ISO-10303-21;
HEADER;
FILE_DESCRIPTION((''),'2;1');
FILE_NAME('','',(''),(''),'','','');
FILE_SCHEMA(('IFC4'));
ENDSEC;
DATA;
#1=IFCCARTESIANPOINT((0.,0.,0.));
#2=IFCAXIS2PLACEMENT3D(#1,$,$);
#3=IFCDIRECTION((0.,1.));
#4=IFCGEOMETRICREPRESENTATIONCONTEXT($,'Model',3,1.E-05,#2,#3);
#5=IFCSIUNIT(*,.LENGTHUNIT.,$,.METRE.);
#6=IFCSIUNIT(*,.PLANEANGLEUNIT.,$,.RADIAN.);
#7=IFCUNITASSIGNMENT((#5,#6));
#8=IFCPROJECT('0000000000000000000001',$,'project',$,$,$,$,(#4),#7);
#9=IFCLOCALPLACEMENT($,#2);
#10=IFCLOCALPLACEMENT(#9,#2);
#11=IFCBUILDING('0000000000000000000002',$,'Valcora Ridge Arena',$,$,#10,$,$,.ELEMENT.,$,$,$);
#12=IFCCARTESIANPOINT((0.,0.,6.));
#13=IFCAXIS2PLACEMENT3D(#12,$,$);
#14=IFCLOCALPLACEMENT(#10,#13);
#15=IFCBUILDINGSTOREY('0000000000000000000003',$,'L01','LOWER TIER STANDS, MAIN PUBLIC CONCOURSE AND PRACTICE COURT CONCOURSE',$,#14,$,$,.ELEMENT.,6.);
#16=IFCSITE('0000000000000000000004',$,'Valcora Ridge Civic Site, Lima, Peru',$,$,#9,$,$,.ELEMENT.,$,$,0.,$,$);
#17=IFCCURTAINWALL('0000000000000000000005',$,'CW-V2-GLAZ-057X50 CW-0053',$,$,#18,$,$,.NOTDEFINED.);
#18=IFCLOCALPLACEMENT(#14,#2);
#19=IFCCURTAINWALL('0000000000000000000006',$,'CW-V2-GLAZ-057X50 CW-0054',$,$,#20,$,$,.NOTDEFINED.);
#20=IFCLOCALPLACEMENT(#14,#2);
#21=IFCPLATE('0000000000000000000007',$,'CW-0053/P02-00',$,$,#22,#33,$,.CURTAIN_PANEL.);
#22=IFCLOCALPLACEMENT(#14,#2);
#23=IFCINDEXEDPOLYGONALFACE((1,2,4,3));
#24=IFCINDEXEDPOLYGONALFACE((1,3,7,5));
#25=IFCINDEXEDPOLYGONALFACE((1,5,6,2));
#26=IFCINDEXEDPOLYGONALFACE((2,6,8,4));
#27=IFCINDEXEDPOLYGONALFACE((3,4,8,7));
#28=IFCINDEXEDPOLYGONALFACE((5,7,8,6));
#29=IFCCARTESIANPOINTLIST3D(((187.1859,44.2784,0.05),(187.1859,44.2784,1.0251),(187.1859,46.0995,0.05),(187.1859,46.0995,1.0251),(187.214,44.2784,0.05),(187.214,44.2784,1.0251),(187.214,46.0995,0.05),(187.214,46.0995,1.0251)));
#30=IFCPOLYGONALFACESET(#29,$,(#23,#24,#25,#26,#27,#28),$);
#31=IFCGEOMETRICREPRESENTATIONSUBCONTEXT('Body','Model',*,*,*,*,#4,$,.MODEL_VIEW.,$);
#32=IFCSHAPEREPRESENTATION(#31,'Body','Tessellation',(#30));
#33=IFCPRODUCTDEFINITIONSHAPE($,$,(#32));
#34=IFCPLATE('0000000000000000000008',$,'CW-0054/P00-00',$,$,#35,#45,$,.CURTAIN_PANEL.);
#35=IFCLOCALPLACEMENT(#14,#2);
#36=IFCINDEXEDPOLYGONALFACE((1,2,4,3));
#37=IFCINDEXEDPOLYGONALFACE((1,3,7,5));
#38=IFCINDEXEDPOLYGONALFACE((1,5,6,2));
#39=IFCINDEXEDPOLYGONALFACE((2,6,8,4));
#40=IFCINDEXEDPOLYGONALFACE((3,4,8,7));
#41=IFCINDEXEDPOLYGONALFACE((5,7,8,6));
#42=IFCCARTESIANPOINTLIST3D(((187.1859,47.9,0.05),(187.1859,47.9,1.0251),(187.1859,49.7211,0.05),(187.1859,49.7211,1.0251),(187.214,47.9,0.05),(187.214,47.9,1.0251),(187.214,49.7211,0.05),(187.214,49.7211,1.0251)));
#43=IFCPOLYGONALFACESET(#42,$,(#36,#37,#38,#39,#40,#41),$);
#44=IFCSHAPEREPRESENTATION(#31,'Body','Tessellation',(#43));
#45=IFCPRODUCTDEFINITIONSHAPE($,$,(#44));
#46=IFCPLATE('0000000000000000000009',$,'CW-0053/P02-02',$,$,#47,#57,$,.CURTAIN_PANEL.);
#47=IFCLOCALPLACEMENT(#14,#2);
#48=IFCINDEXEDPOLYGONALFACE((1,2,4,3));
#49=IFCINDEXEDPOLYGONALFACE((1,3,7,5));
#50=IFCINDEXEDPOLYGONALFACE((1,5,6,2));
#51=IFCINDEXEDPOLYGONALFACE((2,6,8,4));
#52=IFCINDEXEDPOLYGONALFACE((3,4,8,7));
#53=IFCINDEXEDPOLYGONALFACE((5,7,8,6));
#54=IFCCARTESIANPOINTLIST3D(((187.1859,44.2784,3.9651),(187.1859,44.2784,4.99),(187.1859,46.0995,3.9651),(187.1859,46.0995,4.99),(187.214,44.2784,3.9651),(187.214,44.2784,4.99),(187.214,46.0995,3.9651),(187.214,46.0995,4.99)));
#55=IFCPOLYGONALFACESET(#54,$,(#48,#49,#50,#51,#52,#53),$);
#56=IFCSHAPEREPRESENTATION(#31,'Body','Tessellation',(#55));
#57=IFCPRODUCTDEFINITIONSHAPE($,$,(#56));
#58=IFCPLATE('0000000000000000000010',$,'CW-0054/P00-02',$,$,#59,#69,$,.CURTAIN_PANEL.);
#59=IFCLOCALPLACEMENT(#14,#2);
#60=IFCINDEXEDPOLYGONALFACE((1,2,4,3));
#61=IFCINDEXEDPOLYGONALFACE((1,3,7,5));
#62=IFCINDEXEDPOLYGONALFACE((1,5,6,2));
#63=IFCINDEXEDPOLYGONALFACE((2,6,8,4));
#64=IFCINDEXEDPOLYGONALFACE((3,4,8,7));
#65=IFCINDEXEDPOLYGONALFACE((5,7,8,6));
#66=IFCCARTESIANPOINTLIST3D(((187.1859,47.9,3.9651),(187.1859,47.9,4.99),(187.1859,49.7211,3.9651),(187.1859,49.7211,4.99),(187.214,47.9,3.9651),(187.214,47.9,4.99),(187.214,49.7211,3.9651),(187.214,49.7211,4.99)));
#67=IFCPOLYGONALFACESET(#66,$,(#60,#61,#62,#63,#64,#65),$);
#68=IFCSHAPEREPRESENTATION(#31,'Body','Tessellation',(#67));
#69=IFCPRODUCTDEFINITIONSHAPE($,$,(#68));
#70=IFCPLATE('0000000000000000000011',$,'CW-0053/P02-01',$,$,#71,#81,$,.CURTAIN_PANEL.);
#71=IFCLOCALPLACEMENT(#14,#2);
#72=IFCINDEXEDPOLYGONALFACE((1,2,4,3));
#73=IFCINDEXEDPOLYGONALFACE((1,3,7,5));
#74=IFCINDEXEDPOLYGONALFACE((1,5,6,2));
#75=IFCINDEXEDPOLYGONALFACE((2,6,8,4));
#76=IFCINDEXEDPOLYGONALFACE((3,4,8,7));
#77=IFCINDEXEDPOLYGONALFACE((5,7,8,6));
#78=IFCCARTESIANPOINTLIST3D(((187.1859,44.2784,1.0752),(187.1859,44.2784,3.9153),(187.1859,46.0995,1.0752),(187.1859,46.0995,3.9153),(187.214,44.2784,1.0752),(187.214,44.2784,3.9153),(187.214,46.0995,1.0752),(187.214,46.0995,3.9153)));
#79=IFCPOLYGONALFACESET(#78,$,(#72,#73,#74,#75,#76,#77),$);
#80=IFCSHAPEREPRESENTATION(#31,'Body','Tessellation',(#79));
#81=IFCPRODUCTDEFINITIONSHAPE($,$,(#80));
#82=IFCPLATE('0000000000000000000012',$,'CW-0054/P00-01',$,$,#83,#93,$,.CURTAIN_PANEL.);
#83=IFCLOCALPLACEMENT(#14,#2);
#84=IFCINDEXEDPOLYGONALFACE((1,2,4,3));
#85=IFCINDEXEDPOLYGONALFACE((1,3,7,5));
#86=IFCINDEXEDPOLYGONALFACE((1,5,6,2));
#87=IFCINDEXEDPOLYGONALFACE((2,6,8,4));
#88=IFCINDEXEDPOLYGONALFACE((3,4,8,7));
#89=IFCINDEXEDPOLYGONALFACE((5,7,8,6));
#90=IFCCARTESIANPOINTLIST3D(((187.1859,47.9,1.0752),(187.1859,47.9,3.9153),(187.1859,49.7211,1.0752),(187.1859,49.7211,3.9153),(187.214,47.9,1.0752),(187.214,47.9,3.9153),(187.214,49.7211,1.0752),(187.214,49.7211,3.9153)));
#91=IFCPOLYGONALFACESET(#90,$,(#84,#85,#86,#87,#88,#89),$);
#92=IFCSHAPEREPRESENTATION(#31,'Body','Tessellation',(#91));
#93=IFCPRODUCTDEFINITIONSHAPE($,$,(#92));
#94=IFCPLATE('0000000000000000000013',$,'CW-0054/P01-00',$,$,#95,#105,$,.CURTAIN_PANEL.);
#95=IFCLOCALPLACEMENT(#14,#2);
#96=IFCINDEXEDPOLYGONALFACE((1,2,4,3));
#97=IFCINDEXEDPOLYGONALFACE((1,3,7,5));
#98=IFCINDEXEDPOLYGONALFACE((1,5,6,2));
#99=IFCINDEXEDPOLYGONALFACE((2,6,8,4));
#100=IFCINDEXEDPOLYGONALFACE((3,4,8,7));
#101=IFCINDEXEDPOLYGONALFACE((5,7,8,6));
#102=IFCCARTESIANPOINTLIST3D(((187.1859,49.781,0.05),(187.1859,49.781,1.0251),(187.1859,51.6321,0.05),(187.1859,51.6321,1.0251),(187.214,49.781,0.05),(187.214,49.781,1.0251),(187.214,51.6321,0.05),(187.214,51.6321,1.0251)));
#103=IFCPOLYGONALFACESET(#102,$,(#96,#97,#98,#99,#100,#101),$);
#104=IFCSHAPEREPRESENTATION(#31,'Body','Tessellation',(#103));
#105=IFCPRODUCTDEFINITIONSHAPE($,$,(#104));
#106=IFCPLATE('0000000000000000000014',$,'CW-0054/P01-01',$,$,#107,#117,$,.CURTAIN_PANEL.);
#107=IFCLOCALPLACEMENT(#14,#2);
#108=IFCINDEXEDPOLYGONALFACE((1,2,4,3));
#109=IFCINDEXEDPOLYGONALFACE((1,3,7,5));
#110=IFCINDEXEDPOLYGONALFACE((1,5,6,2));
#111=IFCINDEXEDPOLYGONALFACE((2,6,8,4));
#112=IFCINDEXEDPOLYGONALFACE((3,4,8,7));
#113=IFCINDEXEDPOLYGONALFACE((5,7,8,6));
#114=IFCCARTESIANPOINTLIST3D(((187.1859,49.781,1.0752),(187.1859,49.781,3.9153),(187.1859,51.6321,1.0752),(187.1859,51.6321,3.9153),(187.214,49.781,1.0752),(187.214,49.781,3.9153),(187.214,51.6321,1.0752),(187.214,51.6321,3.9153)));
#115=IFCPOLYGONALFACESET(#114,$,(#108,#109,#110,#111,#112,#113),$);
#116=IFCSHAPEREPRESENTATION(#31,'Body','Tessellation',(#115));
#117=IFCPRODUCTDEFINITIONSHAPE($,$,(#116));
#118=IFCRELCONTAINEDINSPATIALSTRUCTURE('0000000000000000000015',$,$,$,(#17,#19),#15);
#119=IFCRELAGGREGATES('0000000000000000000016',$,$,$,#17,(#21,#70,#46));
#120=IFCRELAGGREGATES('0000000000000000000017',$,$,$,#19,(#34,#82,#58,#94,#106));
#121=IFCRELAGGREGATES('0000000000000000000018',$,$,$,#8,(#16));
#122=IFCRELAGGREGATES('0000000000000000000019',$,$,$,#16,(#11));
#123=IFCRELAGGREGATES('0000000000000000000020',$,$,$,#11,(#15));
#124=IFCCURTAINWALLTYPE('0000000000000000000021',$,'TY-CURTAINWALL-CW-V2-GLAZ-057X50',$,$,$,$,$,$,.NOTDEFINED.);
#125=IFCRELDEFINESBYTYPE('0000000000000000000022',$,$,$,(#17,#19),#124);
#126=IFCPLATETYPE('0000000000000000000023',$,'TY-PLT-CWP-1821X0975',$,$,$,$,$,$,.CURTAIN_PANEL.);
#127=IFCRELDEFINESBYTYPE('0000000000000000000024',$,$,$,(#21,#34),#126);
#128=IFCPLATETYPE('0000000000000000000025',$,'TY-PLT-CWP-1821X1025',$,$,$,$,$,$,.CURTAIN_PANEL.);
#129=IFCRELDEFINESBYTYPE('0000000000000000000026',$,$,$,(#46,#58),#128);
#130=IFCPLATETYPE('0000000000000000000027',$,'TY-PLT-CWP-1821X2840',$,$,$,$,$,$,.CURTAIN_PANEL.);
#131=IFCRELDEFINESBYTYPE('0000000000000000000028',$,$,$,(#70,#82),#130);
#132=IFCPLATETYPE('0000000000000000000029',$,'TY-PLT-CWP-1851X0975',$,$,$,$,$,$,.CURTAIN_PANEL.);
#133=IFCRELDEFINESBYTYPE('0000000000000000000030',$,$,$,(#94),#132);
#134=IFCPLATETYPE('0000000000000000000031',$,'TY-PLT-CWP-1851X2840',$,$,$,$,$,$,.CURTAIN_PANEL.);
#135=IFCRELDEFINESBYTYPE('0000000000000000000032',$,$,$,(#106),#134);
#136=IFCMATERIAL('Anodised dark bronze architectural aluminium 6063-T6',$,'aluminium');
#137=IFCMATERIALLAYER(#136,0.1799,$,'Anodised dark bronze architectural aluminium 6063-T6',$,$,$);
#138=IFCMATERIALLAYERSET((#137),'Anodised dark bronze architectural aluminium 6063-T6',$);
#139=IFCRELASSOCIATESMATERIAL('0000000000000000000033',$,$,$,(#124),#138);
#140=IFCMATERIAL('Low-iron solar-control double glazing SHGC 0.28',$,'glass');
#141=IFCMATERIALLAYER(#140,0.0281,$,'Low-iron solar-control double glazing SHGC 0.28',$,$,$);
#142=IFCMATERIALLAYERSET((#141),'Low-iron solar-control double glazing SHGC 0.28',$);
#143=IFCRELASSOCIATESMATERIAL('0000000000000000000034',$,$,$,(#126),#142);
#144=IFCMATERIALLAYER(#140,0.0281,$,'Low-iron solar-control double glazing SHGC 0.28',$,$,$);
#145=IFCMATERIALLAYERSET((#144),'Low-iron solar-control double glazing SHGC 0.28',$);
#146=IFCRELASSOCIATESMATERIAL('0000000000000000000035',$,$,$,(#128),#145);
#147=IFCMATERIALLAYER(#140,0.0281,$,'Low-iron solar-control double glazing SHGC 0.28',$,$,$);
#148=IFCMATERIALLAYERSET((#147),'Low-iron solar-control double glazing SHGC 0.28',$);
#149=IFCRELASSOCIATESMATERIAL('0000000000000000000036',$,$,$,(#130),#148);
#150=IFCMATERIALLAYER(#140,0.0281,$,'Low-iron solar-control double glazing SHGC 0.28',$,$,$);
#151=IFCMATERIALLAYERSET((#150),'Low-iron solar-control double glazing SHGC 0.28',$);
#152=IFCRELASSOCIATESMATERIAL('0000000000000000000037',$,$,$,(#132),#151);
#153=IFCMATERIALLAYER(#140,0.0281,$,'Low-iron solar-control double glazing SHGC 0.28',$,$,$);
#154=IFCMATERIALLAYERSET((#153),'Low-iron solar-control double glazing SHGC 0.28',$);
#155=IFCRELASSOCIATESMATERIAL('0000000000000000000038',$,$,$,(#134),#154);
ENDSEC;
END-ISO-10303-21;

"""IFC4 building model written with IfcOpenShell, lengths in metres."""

from ifc_helpers import new_model, si_unit, direction, frame, origin, origin_2d, place, context, subcontext, project, spatial, rectangle, extrude, material, layer, layer_set, type_object, element, aggregate, save


model = new_model("IFC4")

# Units and contexts
model_context = context("Model", 3, precision=1e-05, world=origin(), true_north=direction((0.0, 1.0)))
body_context = subcontext(model_context, "Body", "Model", "MODEL_VIEW")
ifc_project = project(units=[si_unit("LENGTHUNIT", "METRE"), si_unit("PLANEANGLEUNIT", "RADIAN")], contexts=[model_context])

# Site, building, storey
site_placement = place(None, origin())
site = spatial("IfcSite", under=ifc_project, at=site_placement, Name="Valcora Ridge Civic Site, Lima, Peru", CompositionType="ELEMENT", RefElevation=0.0)
building_placement = place(site_placement, origin())
building = spatial("IfcBuilding", under=site, at=building_placement, Name="Valcora Ridge Arena", CompositionType="ELEMENT")
storey_placement = place(building_placement, frame((0.0, 0.0, 6.0)))
storey = spatial("IfcBuildingStorey", under=building, at=storey_placement, Name="L01", Description="LOWER TIER STANDS, MAIN PUBLIC CONCOURSE AND PRACTICE COURT CONCOURSE", CompositionType="ELEMENT", Elevation=6.0)

# Curtain wall
ifc_material_1 = material(Name="Anodised dark bronze architectural aluminium 6063-T6", Category="aluminium")
ifc_layer_1 = layer(ifc_material_1, 0.1799, Name="Anodised dark bronze architectural aluminium 6063-T6")
ifc_layer_set_1 = layer_set([ifc_layer_1], Name="Anodised dark bronze architectural aluminium 6063-T6")
curtain_wall_type = type_object("IfcCurtainWallType", Name="TY-CURTAINWALL-CW-V2-GLAZ-057X50", PredefinedType="NOTDEFINED", material=ifc_layer_set_1)
curtain_wall_1_placement = place(storey_placement, origin())
curtain_wall_1 = element("IfcCurtainWall", 1, at=curtain_wall_1_placement, inside=storey, type_object=curtain_wall_type, Name="CW-V2-GLAZ-057X50 CW-0053", PredefinedType="NOTDEFINED")

# Curtain wall
curtain_wall_2_placement = place(storey_placement, origin())
curtain_wall_2 = element("IfcCurtainWall", 2, at=curtain_wall_2_placement, inside=storey, type_object=curtain_wall_type, Name="CW-V2-GLAZ-057X50 CW-0054", PredefinedType="NOTDEFINED")

# Plates
ifc_material_2 = material(Name="Low-iron solar-control double glazing SHGC 0.28", Category="glass")
ifc_layer_2 = layer(ifc_material_2, 0.0281, Name="Low-iron solar-control double glazing SHGC 0.28")
ifc_layer_set_2 = layer_set([ifc_layer_2], Name="Low-iron solar-control double glazing SHGC 0.28")
plate_type_1 = type_object("IfcPlateType", Name="TY-PLT-CWP-1821X0975", PredefinedType="CURTAIN_PANEL", material=ifc_layer_set_2)
plate_1_placement = place(storey_placement, frame((187.2, 45.189, 0.05), z_axis=(0.0, 0.0, 1.0), x_axis=(0.0, 1.0, 0.0)))
plate_1 = element("IfcPlate", 3, at=plate_1_placement, type_object=plate_type_1, Name="CW-0053/P02-00", PredefinedType="CURTAIN_PANEL", context=body_context, shape_type="SweptSolid", body=[
    extrude(rectangle(XDim=1.821, YDim=0.0281, at=origin_2d()), origin(), (0.0, 0.0, 1.0), 0.9751),
])
plate_2_placement = place(storey_placement, frame((187.2, 48.8105, 0.05), z_axis=(0.0, 0.0, 1.0), x_axis=(0.0, 1.0, 0.0)))
plate_2 = element("IfcPlate", 4, at=plate_2_placement, type_object=plate_type_1, Name="CW-0054/P00-00", PredefinedType="CURTAIN_PANEL", context=body_context, shape_type="SweptSolid", body=[
    extrude(rectangle(XDim=1.821, YDim=0.0281, at=origin_2d()), origin(), (0.0, 0.0, 1.0), 0.9751),
])
ifc_layer_3 = layer(ifc_material_2, 0.0281, Name="Low-iron solar-control double glazing SHGC 0.28")
ifc_layer_set_3 = layer_set([ifc_layer_3], Name="Low-iron solar-control double glazing SHGC 0.28")
plate_type_2 = type_object("IfcPlateType", Name="TY-PLT-CWP-1821X1025", PredefinedType="CURTAIN_PANEL", material=ifc_layer_set_3)
plate_3_placement = place(storey_placement, frame((187.2, 45.189, 3.9651), z_axis=(0.0, 0.0, 1.0), x_axis=(0.0, 1.0, 0.0)))
plate_3 = element("IfcPlate", 5, at=plate_3_placement, type_object=plate_type_2, Name="CW-0053/P02-02", PredefinedType="CURTAIN_PANEL", context=body_context, shape_type="SweptSolid", body=[
    extrude(rectangle(XDim=1.821, YDim=0.0281, at=origin_2d()), origin(), (0.0, 0.0, 1.0), 1.0249),
])
plate_4_placement = place(storey_placement, frame((187.2, 48.8105, 3.9651), z_axis=(0.0, 0.0, 1.0), x_axis=(0.0, 1.0, 0.0)))
plate_4 = element("IfcPlate", 6, at=plate_4_placement, type_object=plate_type_2, Name="CW-0054/P00-02", PredefinedType="CURTAIN_PANEL", context=body_context, shape_type="SweptSolid", body=[
    extrude(rectangle(XDim=1.821, YDim=0.0281, at=origin_2d()), origin(), (0.0, 0.0, 1.0), 1.0249),
])
ifc_layer_4 = layer(ifc_material_2, 0.0281, Name="Low-iron solar-control double glazing SHGC 0.28")
ifc_layer_set_4 = layer_set([ifc_layer_4], Name="Low-iron solar-control double glazing SHGC 0.28")
plate_type_3 = type_object("IfcPlateType", Name="TY-PLT-CWP-1821X2840", PredefinedType="CURTAIN_PANEL", material=ifc_layer_set_4)
plate_5_placement = place(storey_placement, frame((187.2, 45.189, 1.0752), z_axis=(0.0, 0.0, 1.0), x_axis=(0.0, 1.0, 0.0)))
plate_5 = element("IfcPlate", 7, at=plate_5_placement, type_object=plate_type_3, Name="CW-0053/P02-01", PredefinedType="CURTAIN_PANEL", context=body_context, shape_type="SweptSolid", body=[
    extrude(rectangle(XDim=1.821, YDim=0.0281, at=origin_2d()), origin(), (0.0, 0.0, 1.0), 2.8401),
])
aggregate(curtain_wall_1, [plate_1, plate_5, plate_3])
plate_6_placement = place(storey_placement, frame((187.2, 48.8105, 1.0752), z_axis=(0.0, 0.0, 1.0), x_axis=(0.0, 1.0, 0.0)))
plate_6 = element("IfcPlate", 8, at=plate_6_placement, type_object=plate_type_3, Name="CW-0054/P00-01", PredefinedType="CURTAIN_PANEL", context=body_context, shape_type="SweptSolid", body=[
    extrude(rectangle(XDim=1.821, YDim=0.0281, at=origin_2d()), origin(), (0.0, 0.0, 1.0), 2.8401),
])
ifc_layer_5 = layer(ifc_material_2, 0.0281, Name="Low-iron solar-control double glazing SHGC 0.28")
ifc_layer_set_5 = layer_set([ifc_layer_5], Name="Low-iron solar-control double glazing SHGC 0.28")
plate_type_4 = type_object("IfcPlateType", Name="TY-PLT-CWP-1851X0975", PredefinedType="CURTAIN_PANEL", material=ifc_layer_set_5)
plate_7_placement = place(storey_placement, frame((187.2, 50.7065, 0.05), z_axis=(0.0, 0.0, 1.0), x_axis=(0.0, 1.0, 0.0)))
plate_7 = element("IfcPlate", 9, at=plate_7_placement, type_object=plate_type_4, Name="CW-0054/P01-00", PredefinedType="CURTAIN_PANEL", context=body_context, shape_type="SweptSolid", body=[
    extrude(rectangle(XDim=1.8511, YDim=0.0281, at=origin_2d()), origin(), (0.0, 0.0, 1.0), 0.9751),
])
ifc_layer_6 = layer(ifc_material_2, 0.0281, Name="Low-iron solar-control double glazing SHGC 0.28")
ifc_layer_set_6 = layer_set([ifc_layer_6], Name="Low-iron solar-control double glazing SHGC 0.28")
plate_type_5 = type_object("IfcPlateType", Name="TY-PLT-CWP-1851X2840", PredefinedType="CURTAIN_PANEL", material=ifc_layer_set_6)
plate_8_placement = place(storey_placement, frame((187.2, 50.7065, 1.0752), z_axis=(0.0, 0.0, 1.0), x_axis=(0.0, 1.0, 0.0)))
plate_8 = element("IfcPlate", 10, at=plate_8_placement, type_object=plate_type_5, Name="CW-0054/P01-01", PredefinedType="CURTAIN_PANEL", context=body_context, shape_type="SweptSolid", body=[
    extrude(rectangle(XDim=1.8511, YDim=0.0281, at=origin_2d()), origin(), (0.0, 0.0, 1.0), 2.8401),
])
aggregate(curtain_wall_2, [plate_2, plate_6, plate_4, plate_7, plate_8])

save(model, "model.ifc")
